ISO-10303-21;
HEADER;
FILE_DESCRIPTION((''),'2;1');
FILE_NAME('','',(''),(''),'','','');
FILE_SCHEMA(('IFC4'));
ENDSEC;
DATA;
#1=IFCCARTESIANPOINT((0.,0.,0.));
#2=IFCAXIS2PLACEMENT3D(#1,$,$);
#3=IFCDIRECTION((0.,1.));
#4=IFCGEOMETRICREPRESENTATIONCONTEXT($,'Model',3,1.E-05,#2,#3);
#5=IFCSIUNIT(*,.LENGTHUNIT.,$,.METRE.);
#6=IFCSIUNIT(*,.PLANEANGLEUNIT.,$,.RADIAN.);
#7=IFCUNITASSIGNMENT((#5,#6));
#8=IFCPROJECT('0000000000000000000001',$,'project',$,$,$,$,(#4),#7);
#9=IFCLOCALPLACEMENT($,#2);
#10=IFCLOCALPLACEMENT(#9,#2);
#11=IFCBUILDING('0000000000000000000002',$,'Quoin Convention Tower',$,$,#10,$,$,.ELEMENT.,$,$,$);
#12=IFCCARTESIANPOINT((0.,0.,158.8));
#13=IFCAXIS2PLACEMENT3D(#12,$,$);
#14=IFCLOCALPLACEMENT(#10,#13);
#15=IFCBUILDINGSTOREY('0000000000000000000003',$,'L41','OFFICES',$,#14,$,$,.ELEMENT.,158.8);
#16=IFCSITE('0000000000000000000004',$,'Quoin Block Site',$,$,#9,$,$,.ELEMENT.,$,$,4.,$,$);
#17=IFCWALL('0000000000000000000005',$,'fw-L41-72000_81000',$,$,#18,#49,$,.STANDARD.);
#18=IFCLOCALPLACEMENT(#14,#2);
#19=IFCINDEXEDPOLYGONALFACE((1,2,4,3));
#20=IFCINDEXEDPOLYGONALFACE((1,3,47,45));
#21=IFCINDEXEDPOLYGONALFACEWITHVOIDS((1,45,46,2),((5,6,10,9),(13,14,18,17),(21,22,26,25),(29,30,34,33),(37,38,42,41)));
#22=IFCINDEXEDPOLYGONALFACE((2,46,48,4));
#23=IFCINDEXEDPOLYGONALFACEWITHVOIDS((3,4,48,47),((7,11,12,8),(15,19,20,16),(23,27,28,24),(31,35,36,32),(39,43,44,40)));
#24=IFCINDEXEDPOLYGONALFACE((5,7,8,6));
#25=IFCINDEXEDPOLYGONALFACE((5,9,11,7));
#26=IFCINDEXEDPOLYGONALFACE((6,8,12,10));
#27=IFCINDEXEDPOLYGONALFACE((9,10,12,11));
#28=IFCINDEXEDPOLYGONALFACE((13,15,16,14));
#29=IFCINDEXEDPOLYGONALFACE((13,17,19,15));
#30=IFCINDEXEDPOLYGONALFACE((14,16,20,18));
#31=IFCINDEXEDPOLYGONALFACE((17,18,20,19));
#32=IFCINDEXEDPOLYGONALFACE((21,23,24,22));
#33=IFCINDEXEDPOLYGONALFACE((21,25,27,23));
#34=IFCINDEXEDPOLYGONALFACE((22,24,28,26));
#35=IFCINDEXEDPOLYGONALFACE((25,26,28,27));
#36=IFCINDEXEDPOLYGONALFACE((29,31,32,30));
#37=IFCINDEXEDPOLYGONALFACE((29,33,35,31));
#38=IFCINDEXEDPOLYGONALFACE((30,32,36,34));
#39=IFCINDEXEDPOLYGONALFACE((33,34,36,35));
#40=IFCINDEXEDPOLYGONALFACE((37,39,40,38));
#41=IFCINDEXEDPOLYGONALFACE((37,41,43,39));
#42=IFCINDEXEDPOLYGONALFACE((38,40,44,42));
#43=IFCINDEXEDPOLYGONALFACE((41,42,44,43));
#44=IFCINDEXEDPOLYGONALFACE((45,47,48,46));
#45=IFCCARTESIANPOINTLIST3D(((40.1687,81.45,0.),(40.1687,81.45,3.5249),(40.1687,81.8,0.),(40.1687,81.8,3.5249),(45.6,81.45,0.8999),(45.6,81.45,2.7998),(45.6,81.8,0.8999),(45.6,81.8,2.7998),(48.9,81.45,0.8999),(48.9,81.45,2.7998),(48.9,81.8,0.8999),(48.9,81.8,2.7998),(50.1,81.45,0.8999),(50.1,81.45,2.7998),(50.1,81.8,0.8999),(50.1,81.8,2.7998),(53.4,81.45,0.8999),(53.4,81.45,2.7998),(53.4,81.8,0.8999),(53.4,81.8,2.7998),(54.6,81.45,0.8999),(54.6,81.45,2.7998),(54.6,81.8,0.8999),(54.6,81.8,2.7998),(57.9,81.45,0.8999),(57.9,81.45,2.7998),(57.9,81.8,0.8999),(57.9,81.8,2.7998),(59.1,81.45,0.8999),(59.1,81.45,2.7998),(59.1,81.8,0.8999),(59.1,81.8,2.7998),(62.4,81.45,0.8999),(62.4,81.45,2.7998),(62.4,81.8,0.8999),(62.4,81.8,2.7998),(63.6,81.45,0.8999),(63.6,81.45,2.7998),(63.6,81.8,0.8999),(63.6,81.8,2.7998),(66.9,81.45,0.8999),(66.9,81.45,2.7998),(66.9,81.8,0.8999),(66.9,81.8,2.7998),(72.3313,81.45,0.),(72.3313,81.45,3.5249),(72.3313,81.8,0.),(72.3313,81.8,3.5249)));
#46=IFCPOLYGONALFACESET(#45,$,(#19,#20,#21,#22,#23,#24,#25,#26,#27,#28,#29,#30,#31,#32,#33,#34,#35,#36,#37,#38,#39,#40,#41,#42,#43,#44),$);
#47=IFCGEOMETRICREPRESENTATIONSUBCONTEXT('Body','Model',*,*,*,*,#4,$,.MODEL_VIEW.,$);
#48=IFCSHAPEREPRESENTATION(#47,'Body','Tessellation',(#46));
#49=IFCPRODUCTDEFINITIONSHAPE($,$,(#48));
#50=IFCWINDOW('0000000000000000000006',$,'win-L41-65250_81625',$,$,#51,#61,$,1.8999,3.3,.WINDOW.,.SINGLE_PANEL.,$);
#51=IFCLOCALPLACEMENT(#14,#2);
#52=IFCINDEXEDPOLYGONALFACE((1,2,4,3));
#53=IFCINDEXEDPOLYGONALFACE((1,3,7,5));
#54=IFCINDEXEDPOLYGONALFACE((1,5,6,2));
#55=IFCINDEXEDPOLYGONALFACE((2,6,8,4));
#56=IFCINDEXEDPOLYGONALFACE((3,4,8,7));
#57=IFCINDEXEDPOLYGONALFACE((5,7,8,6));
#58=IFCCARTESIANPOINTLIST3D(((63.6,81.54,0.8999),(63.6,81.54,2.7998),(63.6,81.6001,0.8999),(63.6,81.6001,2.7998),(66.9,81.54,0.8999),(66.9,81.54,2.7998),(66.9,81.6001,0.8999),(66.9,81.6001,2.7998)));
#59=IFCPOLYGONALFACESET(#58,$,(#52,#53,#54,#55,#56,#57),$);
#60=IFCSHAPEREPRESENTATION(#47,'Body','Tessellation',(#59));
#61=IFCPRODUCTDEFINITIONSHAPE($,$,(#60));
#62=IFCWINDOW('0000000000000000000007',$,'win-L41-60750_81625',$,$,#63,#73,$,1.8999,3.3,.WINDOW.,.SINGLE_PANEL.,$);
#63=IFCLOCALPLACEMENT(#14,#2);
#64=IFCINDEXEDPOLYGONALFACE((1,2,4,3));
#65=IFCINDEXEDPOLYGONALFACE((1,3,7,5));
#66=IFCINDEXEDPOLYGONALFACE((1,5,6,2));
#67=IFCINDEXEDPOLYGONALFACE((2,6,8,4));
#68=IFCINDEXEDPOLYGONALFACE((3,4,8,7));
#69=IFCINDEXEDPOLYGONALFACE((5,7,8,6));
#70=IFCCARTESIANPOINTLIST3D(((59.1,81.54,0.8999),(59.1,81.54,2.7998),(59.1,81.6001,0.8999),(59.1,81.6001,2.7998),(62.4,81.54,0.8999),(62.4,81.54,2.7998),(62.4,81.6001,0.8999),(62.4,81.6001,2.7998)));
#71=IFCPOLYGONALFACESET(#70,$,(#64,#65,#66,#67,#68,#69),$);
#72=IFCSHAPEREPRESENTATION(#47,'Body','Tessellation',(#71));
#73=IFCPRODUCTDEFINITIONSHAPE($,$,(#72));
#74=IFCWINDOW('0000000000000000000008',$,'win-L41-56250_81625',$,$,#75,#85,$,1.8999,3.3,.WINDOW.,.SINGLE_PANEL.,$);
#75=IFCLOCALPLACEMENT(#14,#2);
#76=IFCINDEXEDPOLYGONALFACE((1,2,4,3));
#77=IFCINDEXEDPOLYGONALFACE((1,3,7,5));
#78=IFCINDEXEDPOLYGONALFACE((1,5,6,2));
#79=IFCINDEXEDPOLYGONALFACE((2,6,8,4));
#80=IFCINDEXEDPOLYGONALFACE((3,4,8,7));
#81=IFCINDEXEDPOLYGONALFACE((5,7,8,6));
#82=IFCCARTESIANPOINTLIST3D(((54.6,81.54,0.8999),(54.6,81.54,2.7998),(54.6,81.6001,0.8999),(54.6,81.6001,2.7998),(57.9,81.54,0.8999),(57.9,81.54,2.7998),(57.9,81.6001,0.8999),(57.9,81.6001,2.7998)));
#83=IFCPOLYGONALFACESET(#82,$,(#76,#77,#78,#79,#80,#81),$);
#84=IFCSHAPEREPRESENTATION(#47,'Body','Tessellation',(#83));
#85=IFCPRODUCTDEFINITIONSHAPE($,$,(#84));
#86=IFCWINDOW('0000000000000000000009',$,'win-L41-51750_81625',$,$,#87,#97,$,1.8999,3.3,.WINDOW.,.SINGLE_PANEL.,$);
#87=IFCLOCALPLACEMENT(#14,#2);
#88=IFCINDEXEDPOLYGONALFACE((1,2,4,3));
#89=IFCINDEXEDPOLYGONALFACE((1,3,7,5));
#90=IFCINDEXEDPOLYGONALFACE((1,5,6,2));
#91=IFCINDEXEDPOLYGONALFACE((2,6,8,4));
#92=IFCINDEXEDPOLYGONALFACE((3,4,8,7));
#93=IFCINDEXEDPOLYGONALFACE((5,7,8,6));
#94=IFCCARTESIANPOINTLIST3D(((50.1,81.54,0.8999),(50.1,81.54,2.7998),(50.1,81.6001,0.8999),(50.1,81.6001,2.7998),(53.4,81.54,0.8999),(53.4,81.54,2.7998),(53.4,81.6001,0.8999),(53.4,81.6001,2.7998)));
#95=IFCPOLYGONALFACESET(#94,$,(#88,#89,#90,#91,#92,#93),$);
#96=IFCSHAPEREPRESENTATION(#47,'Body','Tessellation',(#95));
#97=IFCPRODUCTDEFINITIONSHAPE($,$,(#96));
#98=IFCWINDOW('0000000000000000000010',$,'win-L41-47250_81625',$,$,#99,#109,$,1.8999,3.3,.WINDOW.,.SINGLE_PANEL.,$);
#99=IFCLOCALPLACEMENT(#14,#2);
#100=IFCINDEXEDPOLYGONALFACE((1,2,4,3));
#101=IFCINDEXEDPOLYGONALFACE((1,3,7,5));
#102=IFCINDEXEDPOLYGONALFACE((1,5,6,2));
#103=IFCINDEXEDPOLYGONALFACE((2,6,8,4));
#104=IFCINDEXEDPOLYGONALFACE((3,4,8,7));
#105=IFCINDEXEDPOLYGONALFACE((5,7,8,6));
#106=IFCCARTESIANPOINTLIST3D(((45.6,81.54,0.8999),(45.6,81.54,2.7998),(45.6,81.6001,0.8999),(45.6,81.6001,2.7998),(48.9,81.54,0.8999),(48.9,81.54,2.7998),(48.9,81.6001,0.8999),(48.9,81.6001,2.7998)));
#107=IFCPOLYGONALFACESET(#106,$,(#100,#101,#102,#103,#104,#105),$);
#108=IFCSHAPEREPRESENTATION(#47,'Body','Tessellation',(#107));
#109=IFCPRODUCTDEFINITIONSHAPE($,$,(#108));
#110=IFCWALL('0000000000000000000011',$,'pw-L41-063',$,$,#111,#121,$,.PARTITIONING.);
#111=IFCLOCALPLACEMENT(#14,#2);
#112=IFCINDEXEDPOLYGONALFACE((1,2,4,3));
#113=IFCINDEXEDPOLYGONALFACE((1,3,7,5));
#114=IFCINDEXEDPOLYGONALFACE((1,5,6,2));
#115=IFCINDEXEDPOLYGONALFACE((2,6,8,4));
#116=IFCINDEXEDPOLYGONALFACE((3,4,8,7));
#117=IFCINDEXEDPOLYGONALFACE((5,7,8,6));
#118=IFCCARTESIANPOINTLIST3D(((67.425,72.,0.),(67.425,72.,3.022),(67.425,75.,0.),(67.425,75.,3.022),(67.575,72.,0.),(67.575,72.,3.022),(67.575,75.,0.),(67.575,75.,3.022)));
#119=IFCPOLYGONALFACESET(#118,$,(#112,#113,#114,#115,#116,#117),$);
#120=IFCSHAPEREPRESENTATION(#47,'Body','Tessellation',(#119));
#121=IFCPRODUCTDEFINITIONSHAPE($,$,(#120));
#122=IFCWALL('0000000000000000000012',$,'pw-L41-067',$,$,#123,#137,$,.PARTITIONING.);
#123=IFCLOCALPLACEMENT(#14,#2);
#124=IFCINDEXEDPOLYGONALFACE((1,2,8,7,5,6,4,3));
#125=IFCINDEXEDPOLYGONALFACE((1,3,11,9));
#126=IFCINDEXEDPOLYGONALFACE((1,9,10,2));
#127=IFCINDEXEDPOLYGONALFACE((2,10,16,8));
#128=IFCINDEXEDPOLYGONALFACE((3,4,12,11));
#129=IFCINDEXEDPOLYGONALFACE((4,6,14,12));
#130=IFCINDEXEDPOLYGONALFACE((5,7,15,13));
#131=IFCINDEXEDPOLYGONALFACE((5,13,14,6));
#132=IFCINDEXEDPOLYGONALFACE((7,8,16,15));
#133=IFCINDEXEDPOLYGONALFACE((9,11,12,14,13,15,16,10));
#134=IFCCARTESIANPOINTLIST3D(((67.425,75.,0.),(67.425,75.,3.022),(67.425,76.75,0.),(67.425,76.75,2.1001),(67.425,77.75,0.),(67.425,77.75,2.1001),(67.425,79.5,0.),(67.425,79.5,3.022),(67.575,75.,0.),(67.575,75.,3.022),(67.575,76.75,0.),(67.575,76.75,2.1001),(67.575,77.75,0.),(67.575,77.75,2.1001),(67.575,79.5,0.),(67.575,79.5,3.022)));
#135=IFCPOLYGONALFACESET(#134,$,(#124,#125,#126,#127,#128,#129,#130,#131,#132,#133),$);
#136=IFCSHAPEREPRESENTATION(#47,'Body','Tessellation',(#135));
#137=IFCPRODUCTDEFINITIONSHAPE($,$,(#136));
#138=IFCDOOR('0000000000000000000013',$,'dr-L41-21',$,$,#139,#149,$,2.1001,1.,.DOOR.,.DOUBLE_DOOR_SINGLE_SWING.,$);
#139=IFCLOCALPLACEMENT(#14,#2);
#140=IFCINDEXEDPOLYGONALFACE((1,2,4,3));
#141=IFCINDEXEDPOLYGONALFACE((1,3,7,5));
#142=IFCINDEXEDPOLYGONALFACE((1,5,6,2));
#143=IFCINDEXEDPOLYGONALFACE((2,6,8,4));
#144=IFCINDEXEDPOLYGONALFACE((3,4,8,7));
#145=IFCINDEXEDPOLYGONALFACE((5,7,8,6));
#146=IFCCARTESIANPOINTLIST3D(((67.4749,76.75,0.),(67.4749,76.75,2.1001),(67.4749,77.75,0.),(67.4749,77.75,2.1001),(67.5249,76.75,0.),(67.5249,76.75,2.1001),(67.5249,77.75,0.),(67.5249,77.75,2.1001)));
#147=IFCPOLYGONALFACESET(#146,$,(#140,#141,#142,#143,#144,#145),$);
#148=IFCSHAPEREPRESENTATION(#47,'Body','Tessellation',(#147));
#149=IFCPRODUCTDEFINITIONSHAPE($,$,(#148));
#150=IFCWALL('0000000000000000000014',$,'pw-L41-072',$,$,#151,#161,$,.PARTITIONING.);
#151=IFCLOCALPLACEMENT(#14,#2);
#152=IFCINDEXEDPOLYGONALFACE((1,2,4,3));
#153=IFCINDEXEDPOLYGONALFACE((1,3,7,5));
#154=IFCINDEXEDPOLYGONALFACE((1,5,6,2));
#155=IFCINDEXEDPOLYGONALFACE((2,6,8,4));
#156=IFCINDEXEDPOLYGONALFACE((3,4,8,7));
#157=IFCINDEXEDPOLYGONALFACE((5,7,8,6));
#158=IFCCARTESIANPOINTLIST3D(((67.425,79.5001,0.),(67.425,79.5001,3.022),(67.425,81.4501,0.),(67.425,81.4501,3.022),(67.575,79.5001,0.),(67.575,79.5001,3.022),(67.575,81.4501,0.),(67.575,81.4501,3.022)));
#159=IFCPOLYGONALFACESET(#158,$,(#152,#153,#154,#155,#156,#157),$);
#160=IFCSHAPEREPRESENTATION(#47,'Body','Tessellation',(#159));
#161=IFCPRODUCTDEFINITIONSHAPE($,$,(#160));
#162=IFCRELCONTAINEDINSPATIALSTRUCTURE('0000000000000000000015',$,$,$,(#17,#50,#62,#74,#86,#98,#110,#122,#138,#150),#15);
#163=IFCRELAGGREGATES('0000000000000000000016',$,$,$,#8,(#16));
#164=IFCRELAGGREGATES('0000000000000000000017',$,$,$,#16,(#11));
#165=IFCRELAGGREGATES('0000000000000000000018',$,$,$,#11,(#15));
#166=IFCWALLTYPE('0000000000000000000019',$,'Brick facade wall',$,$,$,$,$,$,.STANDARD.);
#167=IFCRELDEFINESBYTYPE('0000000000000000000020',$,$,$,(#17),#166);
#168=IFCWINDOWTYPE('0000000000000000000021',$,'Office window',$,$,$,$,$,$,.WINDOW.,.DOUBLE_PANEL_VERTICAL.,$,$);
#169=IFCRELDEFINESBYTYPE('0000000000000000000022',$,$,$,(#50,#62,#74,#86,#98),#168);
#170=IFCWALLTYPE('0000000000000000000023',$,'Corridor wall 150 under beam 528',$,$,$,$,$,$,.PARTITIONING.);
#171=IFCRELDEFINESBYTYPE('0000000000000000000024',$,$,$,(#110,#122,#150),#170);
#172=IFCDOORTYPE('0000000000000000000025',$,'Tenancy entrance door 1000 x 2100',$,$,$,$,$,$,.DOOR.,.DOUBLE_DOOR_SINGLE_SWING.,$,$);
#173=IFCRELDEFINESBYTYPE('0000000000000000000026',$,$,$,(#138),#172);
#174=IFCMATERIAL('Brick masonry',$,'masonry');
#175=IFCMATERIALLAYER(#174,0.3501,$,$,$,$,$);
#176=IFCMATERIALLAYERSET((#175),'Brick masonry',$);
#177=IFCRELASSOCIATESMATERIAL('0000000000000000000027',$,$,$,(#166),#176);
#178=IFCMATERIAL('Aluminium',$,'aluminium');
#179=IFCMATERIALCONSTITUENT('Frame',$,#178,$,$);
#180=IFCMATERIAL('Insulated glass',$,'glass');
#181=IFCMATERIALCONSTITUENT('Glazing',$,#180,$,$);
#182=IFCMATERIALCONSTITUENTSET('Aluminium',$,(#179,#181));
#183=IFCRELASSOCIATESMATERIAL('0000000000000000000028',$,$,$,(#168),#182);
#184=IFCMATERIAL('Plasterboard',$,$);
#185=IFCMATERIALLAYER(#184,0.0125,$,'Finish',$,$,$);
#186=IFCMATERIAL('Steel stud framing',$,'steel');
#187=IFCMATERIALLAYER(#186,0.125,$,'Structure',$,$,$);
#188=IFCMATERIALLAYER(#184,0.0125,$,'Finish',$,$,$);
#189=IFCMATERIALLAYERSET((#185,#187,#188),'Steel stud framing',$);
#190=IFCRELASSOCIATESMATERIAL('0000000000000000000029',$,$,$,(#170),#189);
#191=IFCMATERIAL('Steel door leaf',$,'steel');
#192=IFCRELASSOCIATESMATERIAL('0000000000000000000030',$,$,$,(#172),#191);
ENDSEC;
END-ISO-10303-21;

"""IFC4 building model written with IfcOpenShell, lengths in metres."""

from ifc_helpers import new_model, si_unit, direction, frame, frame_2d, origin, place, context, subcontext, project, spatial, rectangle, extrude, material, layer, layer_set, constituent, constituent_set, type_object, element, fill, save


model = new_model("IFC4")

# Units and contexts
model_context = context("Model", 3, precision=1e-05, world=origin(), true_north=direction((0.0, 1.0)))
body_context = subcontext(model_context, "Body", "Model", "MODEL_VIEW")
ifc_project = project(units=[si_unit("LENGTHUNIT", "METRE"), si_unit("PLANEANGLEUNIT", "RADIAN")], contexts=[model_context])

# Site, building, storey
site_placement = place(None, origin())
site = spatial("IfcSite", under=ifc_project, at=site_placement, Name="Quoin Block Site", CompositionType="ELEMENT", RefElevation=4.0)
building_placement = place(site_placement, origin())
building = spatial("IfcBuilding", under=site, at=building_placement, Name="Quoin Convention Tower", CompositionType="ELEMENT")
storey_placement = place(building_placement, frame((0.0, 0.0, 158.8)))
storey = spatial("IfcBuildingStorey", under=building, at=storey_placement, Name="L41", Description="OFFICES", CompositionType="ELEMENT", Elevation=158.8)

# Shared definitions
ifc_material_1 = material(Name="Brick masonry", Category="masonry")
ifc_layer_1 = layer(ifc_material_1, 0.3501)
ifc_layer_set_1 = layer_set([ifc_layer_1], Name="Brick masonry")
wall_type_1 = type_object("IfcWallType", Name="Brick facade wall", PredefinedType="STANDARD", material=ifc_layer_set_1)
ifc_material_2 = material(Name="Aluminium", Category="aluminium")
ifc_constituent_1 = constituent(ifc_material_2, Name="Frame")
ifc_material_3 = material(Name="Insulated glass", Category="glass")
ifc_constituent_2 = constituent(ifc_material_3, Name="Glazing")
ifc_constituent_set = constituent_set(constituents=[ifc_constituent_1, ifc_constituent_2], Name="Aluminium")
window_type = type_object("IfcWindowType", Name="Office window", PartitioningType="DOUBLE_PANEL_VERTICAL", PredefinedType="WINDOW", material=ifc_constituent_set)

# Wall, openings, windows
wall_1_placement = place(storey_placement, frame((72.3313, 81.625, 0.0), z_axis=(0.0, 0.0, 1.0), x_axis=(-1.0, 0.0, 0.0)))
wall_1 = element("IfcWall", 1, at=wall_1_placement, inside=storey, type_object=wall_type_1, Name="fw-L41-72000_81000", PredefinedType="STANDARD", context=body_context, shape_type="SweptSolid", body=[
    extrude(rectangle(XDim=32.1626, YDim=0.3501, at=frame_2d((16.0813, 0.0))), origin(), (0.0, 0.0, 1.0), 3.5249),
])
opening_1_placement = place(wall_1_placement, frame((5.4314, 0.0, 0.8999)))
opening_1 = element("IfcOpeningElement", 2, at=opening_1_placement, cuts=wall_1, PredefinedType="OPENING", context=body_context, shape_type="SweptSolid", body=[
    extrude(rectangle(XDim=3.3, YDim=1.8999, at=frame_2d((1.6499, 0.95))), frame((0.0, 0.1851, 0.0), z_axis=(0.0, -1.0, 0.0), x_axis=(1.0, 0.0, 0.0)), (0.0, 0.0, 1.0), 0.3701),
])
opening_2_placement = place(wall_1_placement, frame((9.9314, 0.0, 0.8999)))
opening_2 = element("IfcOpeningElement", 3, at=opening_2_placement, cuts=wall_1, PredefinedType="OPENING", context=body_context, shape_type="SweptSolid", body=[
    extrude(rectangle(XDim=3.3, YDim=1.8999, at=frame_2d((1.6499, 0.95))), frame((0.0, 0.1851, 0.0), z_axis=(0.0, -1.0, 0.0), x_axis=(1.0, 0.0, 0.0)), (0.0, 0.0, 1.0), 0.3701),
])
opening_3_placement = place(wall_1_placement, frame((14.4314, 0.0, 0.8999)))
opening_3 = element("IfcOpeningElement", 4, at=opening_3_placement, cuts=wall_1, PredefinedType="OPENING", context=body_context, shape_type="SweptSolid", body=[
    extrude(rectangle(XDim=3.3, YDim=1.8999, at=frame_2d((1.6499, 0.95))), frame((0.0, 0.1851, 0.0), z_axis=(0.0, -1.0, 0.0), x_axis=(1.0, 0.0, 0.0)), (0.0, 0.0, 1.0), 0.3701),
])
opening_4_placement = place(wall_1_placement, frame((18.9314, 0.0, 0.8999)))
opening_4 = element("IfcOpeningElement", 5, at=opening_4_placement, cuts=wall_1, PredefinedType="OPENING", context=body_context, shape_type="SweptSolid", body=[
    extrude(rectangle(XDim=3.3, YDim=1.8999, at=frame_2d((1.6499, 0.95))), frame((0.0, 0.1851, 0.0), z_axis=(0.0, -1.0, 0.0), x_axis=(1.0, 0.0, 0.0)), (0.0, 0.0, 1.0), 0.3701),
])
opening_5_placement = place(wall_1_placement, frame((23.4314, 0.0, 0.8999)))
opening_5 = element("IfcOpeningElement", 6, at=opening_5_placement, cuts=wall_1, PredefinedType="OPENING", context=body_context, shape_type="SweptSolid", body=[
    extrude(rectangle(XDim=3.3, YDim=1.8999, at=frame_2d((1.6499, 0.95))), frame((0.0, 0.1851, 0.0), z_axis=(0.0, -1.0, 0.0), x_axis=(1.0, 0.0, 0.0)), (0.0, 0.0, 1.0), 0.3701),
])
window_1_placement = place(opening_1_placement, origin())
window_1 = element("IfcWindow", 7, at=window_1_placement, inside=storey, type_object=window_type, Name="win-L41-65250_81625", OverallHeight=1.8999, OverallWidth=3.3, PartitioningType="SINGLE_PANEL", PredefinedType="WINDOW", context=body_context, shape_type="SweptSolid", body=[
    extrude(rectangle(XDim=3.3, YDim=1.8999, at=frame_2d((1.6499, 0.95))), frame((0.0, 0.085, 0.0), z_axis=(0.0, -1.0, 0.0), x_axis=(1.0, 0.0, 0.0)), (0.0, 0.0, 1.0), 0.0601),
])
fill(opening_1, window_1)
window_2_placement = place(opening_2_placement, origin())
window_2 = element("IfcWindow", 8, at=window_2_placement, inside=storey, type_object=window_type, Name="win-L41-60750_81625", OverallHeight=1.8999, OverallWidth=3.3, PartitioningType="SINGLE_PANEL", PredefinedType="WINDOW", context=body_context, shape_type="SweptSolid", body=[
    extrude(rectangle(XDim=3.3, YDim=1.8999, at=frame_2d((1.6499, 0.95))), frame((0.0, 0.085, 0.0), z_axis=(0.0, -1.0, 0.0), x_axis=(1.0, 0.0, 0.0)), (0.0, 0.0, 1.0), 0.0601),
])
fill(opening_2, window_2)
window_3_placement = place(opening_3_placement, origin())
window_3 = element("IfcWindow", 9, at=window_3_placement, inside=storey, type_object=window_type, Name="win-L41-56250_81625", OverallHeight=1.8999, OverallWidth=3.3, PartitioningType="SINGLE_PANEL", PredefinedType="WINDOW", context=body_context, shape_type="SweptSolid", body=[
    extrude(rectangle(XDim=3.3, YDim=1.8999, at=frame_2d((1.6499, 0.95))), frame((0.0, 0.085, 0.0), z_axis=(0.0, -1.0, 0.0), x_axis=(1.0, 0.0, 0.0)), (0.0, 0.0, 1.0), 0.0601),
])
fill(opening_3, window_3)
window_4_placement = place(opening_4_placement, origin())
window_4 = element("IfcWindow", 10, at=window_4_placement, inside=storey, type_object=window_type, Name="win-L41-51750_81625", OverallHeight=1.8999, OverallWidth=3.3, PartitioningType="SINGLE_PANEL", PredefinedType="WINDOW", context=body_context, shape_type="SweptSolid", body=[
    extrude(rectangle(XDim=3.3, YDim=1.8999, at=frame_2d((1.6499, 0.95))), frame((0.0, 0.085, 0.0), z_axis=(0.0, -1.0, 0.0), x_axis=(1.0, 0.0, 0.0)), (0.0, 0.0, 1.0), 0.0601),
])
fill(opening_4, window_4)
window_5_placement = place(opening_5_placement, origin())
window_5 = element("IfcWindow", 11, at=window_5_placement, inside=storey, type_object=window_type, Name="win-L41-47250_81625", OverallHeight=1.8999, OverallWidth=3.3, PartitioningType="SINGLE_PANEL", PredefinedType="WINDOW", context=body_context, shape_type="SweptSolid", body=[
    extrude(rectangle(XDim=3.3, YDim=1.8999, at=frame_2d((1.6499, 0.95))), frame((0.0, 0.085, 0.0), z_axis=(0.0, -1.0, 0.0), x_axis=(1.0, 0.0, 0.0)), (0.0, 0.0, 1.0), 0.0601),
])
fill(opening_5, window_5)

# Wall
ifc_material_4 = material(Name="Plasterboard")
ifc_layer_2 = layer(ifc_material_4, 0.0125, Name="Finish")
ifc_material_5 = material(Name="Steel stud framing", Category="steel")
ifc_layer_3 = layer(ifc_material_5, 0.125, Name="Structure")
ifc_layer_4 = layer(ifc_material_4, 0.0125, Name="Finish")
ifc_layer_set_2 = layer_set([ifc_layer_2, ifc_layer_3, ifc_layer_4], Name="Steel stud framing")
wall_type_2 = type_object("IfcWallType", Name="Corridor wall 150 under beam 528", PredefinedType="PARTITIONING", material=ifc_layer_set_2)
wall_2_placement = place(storey_placement, frame((67.5, 72.0, 0.0), z_axis=(0.0, 0.0, 1.0), x_axis=(0.0, 1.0, 0.0)))
element("IfcWall", 12, at=wall_2_placement, inside=storey, type_object=wall_type_2, Name="pw-L41-063", PredefinedType="PARTITIONING", context=body_context, shape_type="SweptSolid", body=[
    extrude(rectangle(XDim=3.0, YDim=0.1499, at=frame_2d((1.5, 0.0))), origin(), (0.0, 0.0, 1.0), 3.022),
])

# Wall, opening, door
wall_3_placement = place(storey_placement, frame((67.5, 75.0, 0.0), z_axis=(0.0, 0.0, 1.0), x_axis=(0.0, 1.0, 0.0)))
wall_3 = element("IfcWall", 13, at=wall_3_placement, inside=storey, type_object=wall_type_2, Name="pw-L41-067", PredefinedType="PARTITIONING", context=body_context, shape_type="SweptSolid", body=[
    extrude(rectangle(XDim=4.5, YDim=0.1499, at=frame_2d((2.25, 0.0))), origin(), (0.0, 0.0, 1.0), 3.022),
])
opening_6_placement = place(wall_3_placement, frame((1.75, 0.0, 0.0)))
opening_6 = element("IfcOpeningElement", 14, at=opening_6_placement, cuts=wall_3, PredefinedType="OPENING", context=body_context, shape_type="SweptSolid", body=[
    extrude(rectangle(XDim=1.0, YDim=2.1001, at=frame_2d((0.5, 1.05))), frame((0.0, 0.085, 0.0), z_axis=(0.0, -1.0, 0.0), x_axis=(1.0, 0.0, 0.0)), (0.0, 0.0, 1.0), 0.1699),
])
ifc_material_6 = material(Name="Steel door leaf", Category="steel")
door_type = type_object("IfcDoorType", Name="Tenancy entrance door 1000 x 2100", OperationType="DOUBLE_DOOR_SINGLE_SWING", PredefinedType="DOOR", material=ifc_material_6)
door_placement = place(opening_6_placement, frame((1.0, 0.0, 0.0), z_axis=(0.0, 0.0, 1.0), x_axis=(-1.0, 0.0, 0.0)))
door = element("IfcDoor", 15, at=door_placement, inside=storey, type_object=door_type, Name="dr-L41-21", OperationType="DOUBLE_DOOR_SINGLE_SWING", OverallHeight=2.1001, OverallWidth=1.0, PredefinedType="DOOR", context=body_context, shape_type="SweptSolid", body=[
    extrude(rectangle(XDim=1.0, YDim=2.1001, at=frame_2d((0.5, 1.05))), frame((0.0, 0.0249, 0.0), z_axis=(0.0, -1.0, 0.0), x_axis=(1.0, 0.0, 0.0)), (0.0, 0.0, 1.0), 0.05),
])
fill(opening_6, door)

# Wall
wall_4_placement = place(storey_placement, frame((67.5, 79.5, 0.0), z_axis=(0.0, 0.0, 1.0), x_axis=(0.0, 1.0, 0.0)))
element("IfcWall", 16, at=wall_4_placement, inside=storey, type_object=wall_type_2, Name="pw-L41-072", PredefinedType="PARTITIONING", context=body_context, shape_type="SweptSolid", body=[
    extrude(rectangle(XDim=1.95, YDim=0.1499, at=frame_2d((0.9751, 0.0))), origin(), (0.0, 0.0, 1.0), 3.022),
])

save(model, "model.ifc")
